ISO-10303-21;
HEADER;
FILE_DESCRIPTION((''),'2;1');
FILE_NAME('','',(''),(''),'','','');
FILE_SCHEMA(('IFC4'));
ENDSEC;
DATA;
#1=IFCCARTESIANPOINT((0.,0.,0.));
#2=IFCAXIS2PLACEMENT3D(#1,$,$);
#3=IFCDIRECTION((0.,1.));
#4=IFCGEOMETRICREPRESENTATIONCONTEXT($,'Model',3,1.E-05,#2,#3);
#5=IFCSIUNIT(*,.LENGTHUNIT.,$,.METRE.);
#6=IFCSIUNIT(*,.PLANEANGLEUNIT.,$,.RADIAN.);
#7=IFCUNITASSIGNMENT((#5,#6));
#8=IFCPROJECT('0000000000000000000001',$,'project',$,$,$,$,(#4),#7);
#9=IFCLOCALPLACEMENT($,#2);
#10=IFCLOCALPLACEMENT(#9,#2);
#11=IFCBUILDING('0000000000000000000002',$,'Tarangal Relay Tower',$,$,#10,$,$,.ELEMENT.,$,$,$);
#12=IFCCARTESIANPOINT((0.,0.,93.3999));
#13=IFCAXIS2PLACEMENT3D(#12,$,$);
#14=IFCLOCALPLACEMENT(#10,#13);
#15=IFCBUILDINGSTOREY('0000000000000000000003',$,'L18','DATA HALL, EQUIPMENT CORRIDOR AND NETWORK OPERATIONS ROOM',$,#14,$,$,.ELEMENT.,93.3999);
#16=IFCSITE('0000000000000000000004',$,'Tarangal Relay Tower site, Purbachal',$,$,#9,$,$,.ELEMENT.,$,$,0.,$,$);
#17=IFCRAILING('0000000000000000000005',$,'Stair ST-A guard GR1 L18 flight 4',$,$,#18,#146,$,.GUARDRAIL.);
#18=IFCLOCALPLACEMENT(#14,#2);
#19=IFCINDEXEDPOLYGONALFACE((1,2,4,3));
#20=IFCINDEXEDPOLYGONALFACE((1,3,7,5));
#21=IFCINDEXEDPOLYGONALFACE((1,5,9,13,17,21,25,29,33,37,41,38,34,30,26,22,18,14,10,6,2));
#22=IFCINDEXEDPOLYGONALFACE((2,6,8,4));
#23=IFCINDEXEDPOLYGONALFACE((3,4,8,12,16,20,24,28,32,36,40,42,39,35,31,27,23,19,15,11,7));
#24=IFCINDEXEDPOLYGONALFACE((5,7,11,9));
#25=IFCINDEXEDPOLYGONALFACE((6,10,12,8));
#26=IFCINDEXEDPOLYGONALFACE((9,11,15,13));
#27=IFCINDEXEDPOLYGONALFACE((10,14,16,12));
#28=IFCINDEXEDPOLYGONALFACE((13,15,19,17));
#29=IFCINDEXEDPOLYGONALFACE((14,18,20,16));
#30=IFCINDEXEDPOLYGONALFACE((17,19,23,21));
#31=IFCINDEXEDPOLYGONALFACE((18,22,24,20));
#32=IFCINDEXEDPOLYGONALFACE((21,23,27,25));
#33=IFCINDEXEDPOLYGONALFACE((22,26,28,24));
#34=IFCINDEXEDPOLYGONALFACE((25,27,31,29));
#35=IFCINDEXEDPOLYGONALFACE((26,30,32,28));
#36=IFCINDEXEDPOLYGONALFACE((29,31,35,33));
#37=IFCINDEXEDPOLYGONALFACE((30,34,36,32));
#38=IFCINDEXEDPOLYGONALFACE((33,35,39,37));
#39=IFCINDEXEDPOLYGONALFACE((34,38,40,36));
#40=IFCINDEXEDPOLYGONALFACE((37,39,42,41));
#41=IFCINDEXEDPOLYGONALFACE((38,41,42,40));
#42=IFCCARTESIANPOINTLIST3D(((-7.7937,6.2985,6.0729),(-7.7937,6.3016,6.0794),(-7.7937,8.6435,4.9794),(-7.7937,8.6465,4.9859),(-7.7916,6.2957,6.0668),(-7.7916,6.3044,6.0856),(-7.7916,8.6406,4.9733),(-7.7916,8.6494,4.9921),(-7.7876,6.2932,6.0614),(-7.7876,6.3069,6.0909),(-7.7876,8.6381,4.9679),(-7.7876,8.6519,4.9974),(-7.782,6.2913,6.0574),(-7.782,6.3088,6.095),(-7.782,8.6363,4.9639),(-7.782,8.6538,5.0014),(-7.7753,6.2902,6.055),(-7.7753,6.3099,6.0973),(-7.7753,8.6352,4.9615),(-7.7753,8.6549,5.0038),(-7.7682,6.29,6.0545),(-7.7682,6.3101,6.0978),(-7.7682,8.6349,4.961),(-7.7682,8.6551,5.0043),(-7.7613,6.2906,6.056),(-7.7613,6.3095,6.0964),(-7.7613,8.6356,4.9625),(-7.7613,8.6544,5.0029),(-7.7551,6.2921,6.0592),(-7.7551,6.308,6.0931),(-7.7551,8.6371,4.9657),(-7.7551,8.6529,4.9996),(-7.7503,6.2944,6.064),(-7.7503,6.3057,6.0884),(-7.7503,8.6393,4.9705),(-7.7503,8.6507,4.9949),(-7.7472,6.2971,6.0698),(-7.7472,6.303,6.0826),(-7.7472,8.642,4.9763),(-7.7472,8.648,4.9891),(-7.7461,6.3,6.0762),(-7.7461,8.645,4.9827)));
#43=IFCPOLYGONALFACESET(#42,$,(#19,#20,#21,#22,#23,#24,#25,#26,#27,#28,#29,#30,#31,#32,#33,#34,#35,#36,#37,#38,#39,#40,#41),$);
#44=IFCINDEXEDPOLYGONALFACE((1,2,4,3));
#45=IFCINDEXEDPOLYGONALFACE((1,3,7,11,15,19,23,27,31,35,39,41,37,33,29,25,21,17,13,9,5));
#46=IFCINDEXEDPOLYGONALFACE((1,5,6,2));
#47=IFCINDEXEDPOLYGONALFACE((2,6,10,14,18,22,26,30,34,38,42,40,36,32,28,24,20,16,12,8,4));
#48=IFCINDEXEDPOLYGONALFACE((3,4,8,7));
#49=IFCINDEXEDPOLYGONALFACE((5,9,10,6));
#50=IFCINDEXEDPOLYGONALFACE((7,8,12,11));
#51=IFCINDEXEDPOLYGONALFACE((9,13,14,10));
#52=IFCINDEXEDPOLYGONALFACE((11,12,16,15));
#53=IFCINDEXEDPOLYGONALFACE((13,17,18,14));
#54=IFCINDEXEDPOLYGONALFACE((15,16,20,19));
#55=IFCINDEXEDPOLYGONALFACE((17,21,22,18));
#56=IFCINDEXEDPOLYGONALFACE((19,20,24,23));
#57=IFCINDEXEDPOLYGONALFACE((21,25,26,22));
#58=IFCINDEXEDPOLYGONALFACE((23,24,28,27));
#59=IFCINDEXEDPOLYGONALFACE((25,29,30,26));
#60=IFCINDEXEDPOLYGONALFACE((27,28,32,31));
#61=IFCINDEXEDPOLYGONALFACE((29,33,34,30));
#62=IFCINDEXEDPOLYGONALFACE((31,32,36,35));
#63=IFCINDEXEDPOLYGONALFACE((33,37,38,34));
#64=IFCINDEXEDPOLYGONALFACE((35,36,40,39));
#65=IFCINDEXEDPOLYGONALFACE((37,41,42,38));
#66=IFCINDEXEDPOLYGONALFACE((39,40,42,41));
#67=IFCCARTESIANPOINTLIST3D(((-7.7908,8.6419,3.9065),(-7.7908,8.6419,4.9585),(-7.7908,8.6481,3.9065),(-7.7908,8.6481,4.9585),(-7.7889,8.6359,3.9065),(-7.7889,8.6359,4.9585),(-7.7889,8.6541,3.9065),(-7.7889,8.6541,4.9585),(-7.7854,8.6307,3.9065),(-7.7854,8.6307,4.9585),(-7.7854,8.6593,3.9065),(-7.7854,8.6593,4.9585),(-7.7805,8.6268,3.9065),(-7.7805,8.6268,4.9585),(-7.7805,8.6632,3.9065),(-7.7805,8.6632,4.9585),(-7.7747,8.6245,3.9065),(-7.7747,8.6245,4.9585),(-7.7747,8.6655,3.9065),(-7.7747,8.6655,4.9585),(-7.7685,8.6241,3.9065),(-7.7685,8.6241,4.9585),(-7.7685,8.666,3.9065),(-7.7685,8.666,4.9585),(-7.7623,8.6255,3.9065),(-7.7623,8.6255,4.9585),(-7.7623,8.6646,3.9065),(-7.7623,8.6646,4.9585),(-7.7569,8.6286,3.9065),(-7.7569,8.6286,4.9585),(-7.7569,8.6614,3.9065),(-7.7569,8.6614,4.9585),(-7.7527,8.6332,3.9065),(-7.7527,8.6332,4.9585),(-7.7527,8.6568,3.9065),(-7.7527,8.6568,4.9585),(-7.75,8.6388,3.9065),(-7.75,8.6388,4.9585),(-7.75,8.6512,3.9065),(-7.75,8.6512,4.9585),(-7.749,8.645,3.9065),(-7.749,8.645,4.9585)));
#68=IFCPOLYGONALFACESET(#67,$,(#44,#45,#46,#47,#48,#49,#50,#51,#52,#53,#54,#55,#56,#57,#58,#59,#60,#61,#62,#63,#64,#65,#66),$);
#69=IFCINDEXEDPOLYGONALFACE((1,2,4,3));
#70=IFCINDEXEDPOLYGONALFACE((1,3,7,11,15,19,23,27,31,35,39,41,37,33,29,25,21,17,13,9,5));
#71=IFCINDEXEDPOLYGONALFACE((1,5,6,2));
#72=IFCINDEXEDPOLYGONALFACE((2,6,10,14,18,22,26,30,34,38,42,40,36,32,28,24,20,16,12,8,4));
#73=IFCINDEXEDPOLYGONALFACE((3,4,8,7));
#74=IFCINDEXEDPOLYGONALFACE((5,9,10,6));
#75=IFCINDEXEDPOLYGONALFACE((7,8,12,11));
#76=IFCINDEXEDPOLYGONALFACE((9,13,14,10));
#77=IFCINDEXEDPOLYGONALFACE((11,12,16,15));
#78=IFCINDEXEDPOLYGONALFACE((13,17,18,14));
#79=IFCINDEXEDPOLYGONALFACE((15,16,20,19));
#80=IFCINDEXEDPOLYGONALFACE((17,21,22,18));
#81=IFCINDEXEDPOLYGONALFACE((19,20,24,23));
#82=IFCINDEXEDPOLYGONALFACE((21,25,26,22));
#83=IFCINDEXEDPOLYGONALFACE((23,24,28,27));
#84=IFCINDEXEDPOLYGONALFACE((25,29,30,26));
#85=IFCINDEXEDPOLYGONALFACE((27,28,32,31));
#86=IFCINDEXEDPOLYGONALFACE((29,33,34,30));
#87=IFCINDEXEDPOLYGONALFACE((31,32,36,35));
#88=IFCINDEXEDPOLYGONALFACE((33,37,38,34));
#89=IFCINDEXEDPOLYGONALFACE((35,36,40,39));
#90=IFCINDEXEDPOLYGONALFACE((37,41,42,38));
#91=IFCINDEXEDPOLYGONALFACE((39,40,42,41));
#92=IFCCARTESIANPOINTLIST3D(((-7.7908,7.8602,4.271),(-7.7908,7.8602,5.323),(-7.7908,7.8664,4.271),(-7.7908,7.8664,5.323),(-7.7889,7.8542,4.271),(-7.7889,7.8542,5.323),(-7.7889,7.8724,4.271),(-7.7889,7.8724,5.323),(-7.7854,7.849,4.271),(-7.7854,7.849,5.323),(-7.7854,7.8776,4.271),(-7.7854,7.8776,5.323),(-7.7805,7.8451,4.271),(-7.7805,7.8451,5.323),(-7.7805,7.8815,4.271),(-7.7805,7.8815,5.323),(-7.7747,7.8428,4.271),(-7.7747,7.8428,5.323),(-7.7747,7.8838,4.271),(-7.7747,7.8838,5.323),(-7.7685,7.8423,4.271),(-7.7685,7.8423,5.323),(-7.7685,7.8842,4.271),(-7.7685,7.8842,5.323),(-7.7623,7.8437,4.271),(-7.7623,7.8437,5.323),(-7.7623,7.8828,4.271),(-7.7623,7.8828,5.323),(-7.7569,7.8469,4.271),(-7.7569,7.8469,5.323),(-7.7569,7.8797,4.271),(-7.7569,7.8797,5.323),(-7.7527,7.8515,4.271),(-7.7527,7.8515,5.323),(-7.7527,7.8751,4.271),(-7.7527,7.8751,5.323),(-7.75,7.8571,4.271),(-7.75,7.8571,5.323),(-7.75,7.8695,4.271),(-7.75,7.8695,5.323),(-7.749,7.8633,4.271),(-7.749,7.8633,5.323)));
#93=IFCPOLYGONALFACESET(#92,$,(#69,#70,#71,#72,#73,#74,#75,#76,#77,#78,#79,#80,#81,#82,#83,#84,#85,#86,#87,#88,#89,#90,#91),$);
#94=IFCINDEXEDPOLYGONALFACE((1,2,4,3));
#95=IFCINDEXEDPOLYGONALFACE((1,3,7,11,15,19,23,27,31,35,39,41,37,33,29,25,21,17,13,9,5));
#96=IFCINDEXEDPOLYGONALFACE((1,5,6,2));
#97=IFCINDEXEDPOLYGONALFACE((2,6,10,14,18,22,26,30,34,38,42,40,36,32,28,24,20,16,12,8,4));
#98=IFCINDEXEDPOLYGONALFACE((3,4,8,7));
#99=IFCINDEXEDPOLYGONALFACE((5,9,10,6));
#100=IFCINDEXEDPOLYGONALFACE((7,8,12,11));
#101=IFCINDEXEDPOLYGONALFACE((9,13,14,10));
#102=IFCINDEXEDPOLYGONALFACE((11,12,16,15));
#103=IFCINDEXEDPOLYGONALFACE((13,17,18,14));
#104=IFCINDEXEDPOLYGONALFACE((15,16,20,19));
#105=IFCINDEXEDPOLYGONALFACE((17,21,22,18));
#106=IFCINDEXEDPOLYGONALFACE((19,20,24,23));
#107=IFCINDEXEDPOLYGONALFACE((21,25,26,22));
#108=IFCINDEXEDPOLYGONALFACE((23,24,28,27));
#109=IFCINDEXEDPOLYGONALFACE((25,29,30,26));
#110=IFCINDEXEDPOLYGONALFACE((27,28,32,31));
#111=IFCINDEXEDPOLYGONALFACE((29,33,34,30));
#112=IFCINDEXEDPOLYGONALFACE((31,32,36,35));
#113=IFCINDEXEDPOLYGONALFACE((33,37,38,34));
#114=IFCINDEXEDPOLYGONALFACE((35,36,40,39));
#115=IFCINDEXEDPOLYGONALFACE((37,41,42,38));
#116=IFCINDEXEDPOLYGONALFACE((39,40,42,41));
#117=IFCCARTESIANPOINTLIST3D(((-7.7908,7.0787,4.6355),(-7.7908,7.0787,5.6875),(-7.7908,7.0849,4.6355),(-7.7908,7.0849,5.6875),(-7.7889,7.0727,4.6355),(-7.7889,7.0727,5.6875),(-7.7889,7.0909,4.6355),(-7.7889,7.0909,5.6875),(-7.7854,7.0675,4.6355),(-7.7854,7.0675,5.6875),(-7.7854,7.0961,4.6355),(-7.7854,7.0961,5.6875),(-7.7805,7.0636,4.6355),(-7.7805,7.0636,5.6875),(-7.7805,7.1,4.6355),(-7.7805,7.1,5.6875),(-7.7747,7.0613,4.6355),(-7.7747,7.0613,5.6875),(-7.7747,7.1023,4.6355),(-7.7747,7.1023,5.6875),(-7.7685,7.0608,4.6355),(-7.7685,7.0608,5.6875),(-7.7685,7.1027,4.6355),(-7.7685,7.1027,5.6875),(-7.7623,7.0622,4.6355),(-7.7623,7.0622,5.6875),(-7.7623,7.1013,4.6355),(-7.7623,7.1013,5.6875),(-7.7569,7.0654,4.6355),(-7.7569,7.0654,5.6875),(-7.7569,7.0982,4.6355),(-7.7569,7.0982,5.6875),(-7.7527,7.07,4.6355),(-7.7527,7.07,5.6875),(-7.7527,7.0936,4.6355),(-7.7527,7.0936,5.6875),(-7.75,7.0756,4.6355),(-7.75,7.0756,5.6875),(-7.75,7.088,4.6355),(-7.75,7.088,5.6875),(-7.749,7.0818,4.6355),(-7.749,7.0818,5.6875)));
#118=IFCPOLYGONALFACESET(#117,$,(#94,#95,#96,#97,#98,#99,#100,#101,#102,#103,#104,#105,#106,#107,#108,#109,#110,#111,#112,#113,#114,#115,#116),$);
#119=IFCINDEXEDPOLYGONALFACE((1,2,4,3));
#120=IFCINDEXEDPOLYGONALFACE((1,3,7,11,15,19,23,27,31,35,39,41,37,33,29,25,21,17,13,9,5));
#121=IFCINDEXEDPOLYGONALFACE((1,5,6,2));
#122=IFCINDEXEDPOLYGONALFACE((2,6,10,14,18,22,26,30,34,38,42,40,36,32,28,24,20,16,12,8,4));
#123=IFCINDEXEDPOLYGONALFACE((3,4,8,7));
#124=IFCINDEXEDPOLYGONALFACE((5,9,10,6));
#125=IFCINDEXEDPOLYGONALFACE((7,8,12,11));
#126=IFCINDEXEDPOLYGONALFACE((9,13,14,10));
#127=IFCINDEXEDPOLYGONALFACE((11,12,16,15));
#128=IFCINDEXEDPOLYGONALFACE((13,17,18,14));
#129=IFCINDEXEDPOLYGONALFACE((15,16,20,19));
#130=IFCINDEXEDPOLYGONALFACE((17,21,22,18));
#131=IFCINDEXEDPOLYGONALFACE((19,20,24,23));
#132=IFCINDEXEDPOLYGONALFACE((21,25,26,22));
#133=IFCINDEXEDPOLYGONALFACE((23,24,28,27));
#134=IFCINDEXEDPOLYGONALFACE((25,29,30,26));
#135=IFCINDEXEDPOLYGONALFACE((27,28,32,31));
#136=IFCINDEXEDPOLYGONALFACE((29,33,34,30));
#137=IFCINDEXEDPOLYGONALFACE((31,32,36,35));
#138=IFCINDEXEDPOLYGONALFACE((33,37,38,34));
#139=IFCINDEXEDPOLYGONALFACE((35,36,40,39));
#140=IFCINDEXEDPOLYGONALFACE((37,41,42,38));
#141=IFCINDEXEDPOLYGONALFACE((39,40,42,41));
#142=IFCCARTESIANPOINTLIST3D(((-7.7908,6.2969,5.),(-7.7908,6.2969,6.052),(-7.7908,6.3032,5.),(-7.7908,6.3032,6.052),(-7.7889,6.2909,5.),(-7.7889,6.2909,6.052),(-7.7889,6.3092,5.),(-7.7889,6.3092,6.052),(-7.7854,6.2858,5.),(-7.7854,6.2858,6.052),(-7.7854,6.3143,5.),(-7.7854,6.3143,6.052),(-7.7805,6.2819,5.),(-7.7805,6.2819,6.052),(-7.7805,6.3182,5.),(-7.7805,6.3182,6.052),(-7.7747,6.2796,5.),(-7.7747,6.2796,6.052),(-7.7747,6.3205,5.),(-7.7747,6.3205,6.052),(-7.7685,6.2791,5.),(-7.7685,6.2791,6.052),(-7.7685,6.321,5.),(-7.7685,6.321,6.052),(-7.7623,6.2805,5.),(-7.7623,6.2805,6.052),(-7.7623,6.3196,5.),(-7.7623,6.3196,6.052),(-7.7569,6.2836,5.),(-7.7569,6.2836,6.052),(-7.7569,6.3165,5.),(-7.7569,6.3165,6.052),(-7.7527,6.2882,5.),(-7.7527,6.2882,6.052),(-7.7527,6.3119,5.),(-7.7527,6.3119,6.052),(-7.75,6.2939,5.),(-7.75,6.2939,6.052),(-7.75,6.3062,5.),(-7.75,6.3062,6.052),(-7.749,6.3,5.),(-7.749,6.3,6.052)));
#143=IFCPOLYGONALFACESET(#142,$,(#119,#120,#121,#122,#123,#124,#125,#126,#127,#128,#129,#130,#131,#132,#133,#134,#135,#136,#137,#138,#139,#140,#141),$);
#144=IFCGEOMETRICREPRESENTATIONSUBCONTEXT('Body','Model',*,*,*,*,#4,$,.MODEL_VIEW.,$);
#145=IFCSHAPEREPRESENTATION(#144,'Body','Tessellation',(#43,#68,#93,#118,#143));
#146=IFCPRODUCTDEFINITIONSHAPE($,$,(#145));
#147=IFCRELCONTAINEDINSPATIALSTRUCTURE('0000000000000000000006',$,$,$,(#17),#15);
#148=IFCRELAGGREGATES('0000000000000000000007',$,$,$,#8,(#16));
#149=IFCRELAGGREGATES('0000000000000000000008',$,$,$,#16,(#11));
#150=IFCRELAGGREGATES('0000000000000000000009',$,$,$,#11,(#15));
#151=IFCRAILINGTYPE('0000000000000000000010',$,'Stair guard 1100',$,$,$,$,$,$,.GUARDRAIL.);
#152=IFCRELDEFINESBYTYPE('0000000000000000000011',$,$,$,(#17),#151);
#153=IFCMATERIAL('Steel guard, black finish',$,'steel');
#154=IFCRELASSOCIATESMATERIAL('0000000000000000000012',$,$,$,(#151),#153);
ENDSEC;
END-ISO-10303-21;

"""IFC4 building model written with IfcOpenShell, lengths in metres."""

from ifc_helpers import new_model, si_unit, direction, frame, origin, origin_2d, place, context, subcontext, project, spatial, circle, extrude, material, type_object, element, save


model = new_model("IFC4")

# Units and contexts
model_context = context("Model", 3, precision=1e-05, world=origin(), true_north=direction((0.0, 1.0)))
body_context = subcontext(model_context, "Body", "Model", "MODEL_VIEW")
ifc_project = project(units=[si_unit("LENGTHUNIT", "METRE"), si_unit("PLANEANGLEUNIT", "RADIAN")], contexts=[model_context])

# Site, building, storey
site_placement = place(None, origin())
site = spatial("IfcSite", under=ifc_project, at=site_placement, Name="Tarangal Relay Tower site, Purbachal", CompositionType="ELEMENT", RefElevation=0.0)
building_placement = place(site_placement, origin())
building = spatial("IfcBuilding", under=site, at=building_placement, Name="Tarangal Relay Tower", CompositionType="ELEMENT")
storey_placement = place(building_placement, frame((0.0, 0.0, 93.3999)))
storey = spatial("IfcBuildingStorey", under=building, at=storey_placement, Name="L18", Description="DATA HALL, EQUIPMENT CORRIDOR AND NETWORK OPERATIONS ROOM", CompositionType="ELEMENT", Elevation=93.3999)

# Railing
ifc_material_1 = material(Name="Steel guard, black finish", Category="steel")
railing_type_1 = type_object("IfcRailingType", Name="Stair guard 1100", PredefinedType="GUARDRAIL", material=ifc_material_1)
for number, where, name in (
    (1, (-7.77, 8.645, 3.9065), "Stair ST-A guard GR1 L18 flight 4"),
):
    element("IfcRailing", number, at=place(storey_placement, frame(where)), inside=storey, type_object=railing_type_1, Name=name, PredefinedType="GUARDRAIL", context=body_context, shape_type="SweptSolid", body=[
        extrude(circle(Radius=0.0239, at=origin_2d()), frame((0.0, 0.0, 1.0762), z_axis=(0.0, -0.906304, 0.422627), x_axis=(1.0, 0.0, 0.0)), (0.0, 0.0, 1.0), 2.5874),
        extrude(circle(Radius=0.021, at=origin_2d()), origin(), (0.0, 0.0, 1.0), 1.052),
        extrude(circle(Radius=0.021, at=origin_2d()), frame((0.0, -0.7817, 0.3645)), (0.0, 0.0, 1.0), 1.052),
        extrude(circle(Radius=0.021, at=origin_2d()), frame((0.0, -1.5632, 0.729)), (0.0, 0.0, 1.0), 1.052),
        extrude(circle(Radius=0.021, at=origin_2d()), frame((0.0, -2.345, 1.0935)), (0.0, 0.0, 1.0), 1.052),
    ])

save(model, "model.ifc")
